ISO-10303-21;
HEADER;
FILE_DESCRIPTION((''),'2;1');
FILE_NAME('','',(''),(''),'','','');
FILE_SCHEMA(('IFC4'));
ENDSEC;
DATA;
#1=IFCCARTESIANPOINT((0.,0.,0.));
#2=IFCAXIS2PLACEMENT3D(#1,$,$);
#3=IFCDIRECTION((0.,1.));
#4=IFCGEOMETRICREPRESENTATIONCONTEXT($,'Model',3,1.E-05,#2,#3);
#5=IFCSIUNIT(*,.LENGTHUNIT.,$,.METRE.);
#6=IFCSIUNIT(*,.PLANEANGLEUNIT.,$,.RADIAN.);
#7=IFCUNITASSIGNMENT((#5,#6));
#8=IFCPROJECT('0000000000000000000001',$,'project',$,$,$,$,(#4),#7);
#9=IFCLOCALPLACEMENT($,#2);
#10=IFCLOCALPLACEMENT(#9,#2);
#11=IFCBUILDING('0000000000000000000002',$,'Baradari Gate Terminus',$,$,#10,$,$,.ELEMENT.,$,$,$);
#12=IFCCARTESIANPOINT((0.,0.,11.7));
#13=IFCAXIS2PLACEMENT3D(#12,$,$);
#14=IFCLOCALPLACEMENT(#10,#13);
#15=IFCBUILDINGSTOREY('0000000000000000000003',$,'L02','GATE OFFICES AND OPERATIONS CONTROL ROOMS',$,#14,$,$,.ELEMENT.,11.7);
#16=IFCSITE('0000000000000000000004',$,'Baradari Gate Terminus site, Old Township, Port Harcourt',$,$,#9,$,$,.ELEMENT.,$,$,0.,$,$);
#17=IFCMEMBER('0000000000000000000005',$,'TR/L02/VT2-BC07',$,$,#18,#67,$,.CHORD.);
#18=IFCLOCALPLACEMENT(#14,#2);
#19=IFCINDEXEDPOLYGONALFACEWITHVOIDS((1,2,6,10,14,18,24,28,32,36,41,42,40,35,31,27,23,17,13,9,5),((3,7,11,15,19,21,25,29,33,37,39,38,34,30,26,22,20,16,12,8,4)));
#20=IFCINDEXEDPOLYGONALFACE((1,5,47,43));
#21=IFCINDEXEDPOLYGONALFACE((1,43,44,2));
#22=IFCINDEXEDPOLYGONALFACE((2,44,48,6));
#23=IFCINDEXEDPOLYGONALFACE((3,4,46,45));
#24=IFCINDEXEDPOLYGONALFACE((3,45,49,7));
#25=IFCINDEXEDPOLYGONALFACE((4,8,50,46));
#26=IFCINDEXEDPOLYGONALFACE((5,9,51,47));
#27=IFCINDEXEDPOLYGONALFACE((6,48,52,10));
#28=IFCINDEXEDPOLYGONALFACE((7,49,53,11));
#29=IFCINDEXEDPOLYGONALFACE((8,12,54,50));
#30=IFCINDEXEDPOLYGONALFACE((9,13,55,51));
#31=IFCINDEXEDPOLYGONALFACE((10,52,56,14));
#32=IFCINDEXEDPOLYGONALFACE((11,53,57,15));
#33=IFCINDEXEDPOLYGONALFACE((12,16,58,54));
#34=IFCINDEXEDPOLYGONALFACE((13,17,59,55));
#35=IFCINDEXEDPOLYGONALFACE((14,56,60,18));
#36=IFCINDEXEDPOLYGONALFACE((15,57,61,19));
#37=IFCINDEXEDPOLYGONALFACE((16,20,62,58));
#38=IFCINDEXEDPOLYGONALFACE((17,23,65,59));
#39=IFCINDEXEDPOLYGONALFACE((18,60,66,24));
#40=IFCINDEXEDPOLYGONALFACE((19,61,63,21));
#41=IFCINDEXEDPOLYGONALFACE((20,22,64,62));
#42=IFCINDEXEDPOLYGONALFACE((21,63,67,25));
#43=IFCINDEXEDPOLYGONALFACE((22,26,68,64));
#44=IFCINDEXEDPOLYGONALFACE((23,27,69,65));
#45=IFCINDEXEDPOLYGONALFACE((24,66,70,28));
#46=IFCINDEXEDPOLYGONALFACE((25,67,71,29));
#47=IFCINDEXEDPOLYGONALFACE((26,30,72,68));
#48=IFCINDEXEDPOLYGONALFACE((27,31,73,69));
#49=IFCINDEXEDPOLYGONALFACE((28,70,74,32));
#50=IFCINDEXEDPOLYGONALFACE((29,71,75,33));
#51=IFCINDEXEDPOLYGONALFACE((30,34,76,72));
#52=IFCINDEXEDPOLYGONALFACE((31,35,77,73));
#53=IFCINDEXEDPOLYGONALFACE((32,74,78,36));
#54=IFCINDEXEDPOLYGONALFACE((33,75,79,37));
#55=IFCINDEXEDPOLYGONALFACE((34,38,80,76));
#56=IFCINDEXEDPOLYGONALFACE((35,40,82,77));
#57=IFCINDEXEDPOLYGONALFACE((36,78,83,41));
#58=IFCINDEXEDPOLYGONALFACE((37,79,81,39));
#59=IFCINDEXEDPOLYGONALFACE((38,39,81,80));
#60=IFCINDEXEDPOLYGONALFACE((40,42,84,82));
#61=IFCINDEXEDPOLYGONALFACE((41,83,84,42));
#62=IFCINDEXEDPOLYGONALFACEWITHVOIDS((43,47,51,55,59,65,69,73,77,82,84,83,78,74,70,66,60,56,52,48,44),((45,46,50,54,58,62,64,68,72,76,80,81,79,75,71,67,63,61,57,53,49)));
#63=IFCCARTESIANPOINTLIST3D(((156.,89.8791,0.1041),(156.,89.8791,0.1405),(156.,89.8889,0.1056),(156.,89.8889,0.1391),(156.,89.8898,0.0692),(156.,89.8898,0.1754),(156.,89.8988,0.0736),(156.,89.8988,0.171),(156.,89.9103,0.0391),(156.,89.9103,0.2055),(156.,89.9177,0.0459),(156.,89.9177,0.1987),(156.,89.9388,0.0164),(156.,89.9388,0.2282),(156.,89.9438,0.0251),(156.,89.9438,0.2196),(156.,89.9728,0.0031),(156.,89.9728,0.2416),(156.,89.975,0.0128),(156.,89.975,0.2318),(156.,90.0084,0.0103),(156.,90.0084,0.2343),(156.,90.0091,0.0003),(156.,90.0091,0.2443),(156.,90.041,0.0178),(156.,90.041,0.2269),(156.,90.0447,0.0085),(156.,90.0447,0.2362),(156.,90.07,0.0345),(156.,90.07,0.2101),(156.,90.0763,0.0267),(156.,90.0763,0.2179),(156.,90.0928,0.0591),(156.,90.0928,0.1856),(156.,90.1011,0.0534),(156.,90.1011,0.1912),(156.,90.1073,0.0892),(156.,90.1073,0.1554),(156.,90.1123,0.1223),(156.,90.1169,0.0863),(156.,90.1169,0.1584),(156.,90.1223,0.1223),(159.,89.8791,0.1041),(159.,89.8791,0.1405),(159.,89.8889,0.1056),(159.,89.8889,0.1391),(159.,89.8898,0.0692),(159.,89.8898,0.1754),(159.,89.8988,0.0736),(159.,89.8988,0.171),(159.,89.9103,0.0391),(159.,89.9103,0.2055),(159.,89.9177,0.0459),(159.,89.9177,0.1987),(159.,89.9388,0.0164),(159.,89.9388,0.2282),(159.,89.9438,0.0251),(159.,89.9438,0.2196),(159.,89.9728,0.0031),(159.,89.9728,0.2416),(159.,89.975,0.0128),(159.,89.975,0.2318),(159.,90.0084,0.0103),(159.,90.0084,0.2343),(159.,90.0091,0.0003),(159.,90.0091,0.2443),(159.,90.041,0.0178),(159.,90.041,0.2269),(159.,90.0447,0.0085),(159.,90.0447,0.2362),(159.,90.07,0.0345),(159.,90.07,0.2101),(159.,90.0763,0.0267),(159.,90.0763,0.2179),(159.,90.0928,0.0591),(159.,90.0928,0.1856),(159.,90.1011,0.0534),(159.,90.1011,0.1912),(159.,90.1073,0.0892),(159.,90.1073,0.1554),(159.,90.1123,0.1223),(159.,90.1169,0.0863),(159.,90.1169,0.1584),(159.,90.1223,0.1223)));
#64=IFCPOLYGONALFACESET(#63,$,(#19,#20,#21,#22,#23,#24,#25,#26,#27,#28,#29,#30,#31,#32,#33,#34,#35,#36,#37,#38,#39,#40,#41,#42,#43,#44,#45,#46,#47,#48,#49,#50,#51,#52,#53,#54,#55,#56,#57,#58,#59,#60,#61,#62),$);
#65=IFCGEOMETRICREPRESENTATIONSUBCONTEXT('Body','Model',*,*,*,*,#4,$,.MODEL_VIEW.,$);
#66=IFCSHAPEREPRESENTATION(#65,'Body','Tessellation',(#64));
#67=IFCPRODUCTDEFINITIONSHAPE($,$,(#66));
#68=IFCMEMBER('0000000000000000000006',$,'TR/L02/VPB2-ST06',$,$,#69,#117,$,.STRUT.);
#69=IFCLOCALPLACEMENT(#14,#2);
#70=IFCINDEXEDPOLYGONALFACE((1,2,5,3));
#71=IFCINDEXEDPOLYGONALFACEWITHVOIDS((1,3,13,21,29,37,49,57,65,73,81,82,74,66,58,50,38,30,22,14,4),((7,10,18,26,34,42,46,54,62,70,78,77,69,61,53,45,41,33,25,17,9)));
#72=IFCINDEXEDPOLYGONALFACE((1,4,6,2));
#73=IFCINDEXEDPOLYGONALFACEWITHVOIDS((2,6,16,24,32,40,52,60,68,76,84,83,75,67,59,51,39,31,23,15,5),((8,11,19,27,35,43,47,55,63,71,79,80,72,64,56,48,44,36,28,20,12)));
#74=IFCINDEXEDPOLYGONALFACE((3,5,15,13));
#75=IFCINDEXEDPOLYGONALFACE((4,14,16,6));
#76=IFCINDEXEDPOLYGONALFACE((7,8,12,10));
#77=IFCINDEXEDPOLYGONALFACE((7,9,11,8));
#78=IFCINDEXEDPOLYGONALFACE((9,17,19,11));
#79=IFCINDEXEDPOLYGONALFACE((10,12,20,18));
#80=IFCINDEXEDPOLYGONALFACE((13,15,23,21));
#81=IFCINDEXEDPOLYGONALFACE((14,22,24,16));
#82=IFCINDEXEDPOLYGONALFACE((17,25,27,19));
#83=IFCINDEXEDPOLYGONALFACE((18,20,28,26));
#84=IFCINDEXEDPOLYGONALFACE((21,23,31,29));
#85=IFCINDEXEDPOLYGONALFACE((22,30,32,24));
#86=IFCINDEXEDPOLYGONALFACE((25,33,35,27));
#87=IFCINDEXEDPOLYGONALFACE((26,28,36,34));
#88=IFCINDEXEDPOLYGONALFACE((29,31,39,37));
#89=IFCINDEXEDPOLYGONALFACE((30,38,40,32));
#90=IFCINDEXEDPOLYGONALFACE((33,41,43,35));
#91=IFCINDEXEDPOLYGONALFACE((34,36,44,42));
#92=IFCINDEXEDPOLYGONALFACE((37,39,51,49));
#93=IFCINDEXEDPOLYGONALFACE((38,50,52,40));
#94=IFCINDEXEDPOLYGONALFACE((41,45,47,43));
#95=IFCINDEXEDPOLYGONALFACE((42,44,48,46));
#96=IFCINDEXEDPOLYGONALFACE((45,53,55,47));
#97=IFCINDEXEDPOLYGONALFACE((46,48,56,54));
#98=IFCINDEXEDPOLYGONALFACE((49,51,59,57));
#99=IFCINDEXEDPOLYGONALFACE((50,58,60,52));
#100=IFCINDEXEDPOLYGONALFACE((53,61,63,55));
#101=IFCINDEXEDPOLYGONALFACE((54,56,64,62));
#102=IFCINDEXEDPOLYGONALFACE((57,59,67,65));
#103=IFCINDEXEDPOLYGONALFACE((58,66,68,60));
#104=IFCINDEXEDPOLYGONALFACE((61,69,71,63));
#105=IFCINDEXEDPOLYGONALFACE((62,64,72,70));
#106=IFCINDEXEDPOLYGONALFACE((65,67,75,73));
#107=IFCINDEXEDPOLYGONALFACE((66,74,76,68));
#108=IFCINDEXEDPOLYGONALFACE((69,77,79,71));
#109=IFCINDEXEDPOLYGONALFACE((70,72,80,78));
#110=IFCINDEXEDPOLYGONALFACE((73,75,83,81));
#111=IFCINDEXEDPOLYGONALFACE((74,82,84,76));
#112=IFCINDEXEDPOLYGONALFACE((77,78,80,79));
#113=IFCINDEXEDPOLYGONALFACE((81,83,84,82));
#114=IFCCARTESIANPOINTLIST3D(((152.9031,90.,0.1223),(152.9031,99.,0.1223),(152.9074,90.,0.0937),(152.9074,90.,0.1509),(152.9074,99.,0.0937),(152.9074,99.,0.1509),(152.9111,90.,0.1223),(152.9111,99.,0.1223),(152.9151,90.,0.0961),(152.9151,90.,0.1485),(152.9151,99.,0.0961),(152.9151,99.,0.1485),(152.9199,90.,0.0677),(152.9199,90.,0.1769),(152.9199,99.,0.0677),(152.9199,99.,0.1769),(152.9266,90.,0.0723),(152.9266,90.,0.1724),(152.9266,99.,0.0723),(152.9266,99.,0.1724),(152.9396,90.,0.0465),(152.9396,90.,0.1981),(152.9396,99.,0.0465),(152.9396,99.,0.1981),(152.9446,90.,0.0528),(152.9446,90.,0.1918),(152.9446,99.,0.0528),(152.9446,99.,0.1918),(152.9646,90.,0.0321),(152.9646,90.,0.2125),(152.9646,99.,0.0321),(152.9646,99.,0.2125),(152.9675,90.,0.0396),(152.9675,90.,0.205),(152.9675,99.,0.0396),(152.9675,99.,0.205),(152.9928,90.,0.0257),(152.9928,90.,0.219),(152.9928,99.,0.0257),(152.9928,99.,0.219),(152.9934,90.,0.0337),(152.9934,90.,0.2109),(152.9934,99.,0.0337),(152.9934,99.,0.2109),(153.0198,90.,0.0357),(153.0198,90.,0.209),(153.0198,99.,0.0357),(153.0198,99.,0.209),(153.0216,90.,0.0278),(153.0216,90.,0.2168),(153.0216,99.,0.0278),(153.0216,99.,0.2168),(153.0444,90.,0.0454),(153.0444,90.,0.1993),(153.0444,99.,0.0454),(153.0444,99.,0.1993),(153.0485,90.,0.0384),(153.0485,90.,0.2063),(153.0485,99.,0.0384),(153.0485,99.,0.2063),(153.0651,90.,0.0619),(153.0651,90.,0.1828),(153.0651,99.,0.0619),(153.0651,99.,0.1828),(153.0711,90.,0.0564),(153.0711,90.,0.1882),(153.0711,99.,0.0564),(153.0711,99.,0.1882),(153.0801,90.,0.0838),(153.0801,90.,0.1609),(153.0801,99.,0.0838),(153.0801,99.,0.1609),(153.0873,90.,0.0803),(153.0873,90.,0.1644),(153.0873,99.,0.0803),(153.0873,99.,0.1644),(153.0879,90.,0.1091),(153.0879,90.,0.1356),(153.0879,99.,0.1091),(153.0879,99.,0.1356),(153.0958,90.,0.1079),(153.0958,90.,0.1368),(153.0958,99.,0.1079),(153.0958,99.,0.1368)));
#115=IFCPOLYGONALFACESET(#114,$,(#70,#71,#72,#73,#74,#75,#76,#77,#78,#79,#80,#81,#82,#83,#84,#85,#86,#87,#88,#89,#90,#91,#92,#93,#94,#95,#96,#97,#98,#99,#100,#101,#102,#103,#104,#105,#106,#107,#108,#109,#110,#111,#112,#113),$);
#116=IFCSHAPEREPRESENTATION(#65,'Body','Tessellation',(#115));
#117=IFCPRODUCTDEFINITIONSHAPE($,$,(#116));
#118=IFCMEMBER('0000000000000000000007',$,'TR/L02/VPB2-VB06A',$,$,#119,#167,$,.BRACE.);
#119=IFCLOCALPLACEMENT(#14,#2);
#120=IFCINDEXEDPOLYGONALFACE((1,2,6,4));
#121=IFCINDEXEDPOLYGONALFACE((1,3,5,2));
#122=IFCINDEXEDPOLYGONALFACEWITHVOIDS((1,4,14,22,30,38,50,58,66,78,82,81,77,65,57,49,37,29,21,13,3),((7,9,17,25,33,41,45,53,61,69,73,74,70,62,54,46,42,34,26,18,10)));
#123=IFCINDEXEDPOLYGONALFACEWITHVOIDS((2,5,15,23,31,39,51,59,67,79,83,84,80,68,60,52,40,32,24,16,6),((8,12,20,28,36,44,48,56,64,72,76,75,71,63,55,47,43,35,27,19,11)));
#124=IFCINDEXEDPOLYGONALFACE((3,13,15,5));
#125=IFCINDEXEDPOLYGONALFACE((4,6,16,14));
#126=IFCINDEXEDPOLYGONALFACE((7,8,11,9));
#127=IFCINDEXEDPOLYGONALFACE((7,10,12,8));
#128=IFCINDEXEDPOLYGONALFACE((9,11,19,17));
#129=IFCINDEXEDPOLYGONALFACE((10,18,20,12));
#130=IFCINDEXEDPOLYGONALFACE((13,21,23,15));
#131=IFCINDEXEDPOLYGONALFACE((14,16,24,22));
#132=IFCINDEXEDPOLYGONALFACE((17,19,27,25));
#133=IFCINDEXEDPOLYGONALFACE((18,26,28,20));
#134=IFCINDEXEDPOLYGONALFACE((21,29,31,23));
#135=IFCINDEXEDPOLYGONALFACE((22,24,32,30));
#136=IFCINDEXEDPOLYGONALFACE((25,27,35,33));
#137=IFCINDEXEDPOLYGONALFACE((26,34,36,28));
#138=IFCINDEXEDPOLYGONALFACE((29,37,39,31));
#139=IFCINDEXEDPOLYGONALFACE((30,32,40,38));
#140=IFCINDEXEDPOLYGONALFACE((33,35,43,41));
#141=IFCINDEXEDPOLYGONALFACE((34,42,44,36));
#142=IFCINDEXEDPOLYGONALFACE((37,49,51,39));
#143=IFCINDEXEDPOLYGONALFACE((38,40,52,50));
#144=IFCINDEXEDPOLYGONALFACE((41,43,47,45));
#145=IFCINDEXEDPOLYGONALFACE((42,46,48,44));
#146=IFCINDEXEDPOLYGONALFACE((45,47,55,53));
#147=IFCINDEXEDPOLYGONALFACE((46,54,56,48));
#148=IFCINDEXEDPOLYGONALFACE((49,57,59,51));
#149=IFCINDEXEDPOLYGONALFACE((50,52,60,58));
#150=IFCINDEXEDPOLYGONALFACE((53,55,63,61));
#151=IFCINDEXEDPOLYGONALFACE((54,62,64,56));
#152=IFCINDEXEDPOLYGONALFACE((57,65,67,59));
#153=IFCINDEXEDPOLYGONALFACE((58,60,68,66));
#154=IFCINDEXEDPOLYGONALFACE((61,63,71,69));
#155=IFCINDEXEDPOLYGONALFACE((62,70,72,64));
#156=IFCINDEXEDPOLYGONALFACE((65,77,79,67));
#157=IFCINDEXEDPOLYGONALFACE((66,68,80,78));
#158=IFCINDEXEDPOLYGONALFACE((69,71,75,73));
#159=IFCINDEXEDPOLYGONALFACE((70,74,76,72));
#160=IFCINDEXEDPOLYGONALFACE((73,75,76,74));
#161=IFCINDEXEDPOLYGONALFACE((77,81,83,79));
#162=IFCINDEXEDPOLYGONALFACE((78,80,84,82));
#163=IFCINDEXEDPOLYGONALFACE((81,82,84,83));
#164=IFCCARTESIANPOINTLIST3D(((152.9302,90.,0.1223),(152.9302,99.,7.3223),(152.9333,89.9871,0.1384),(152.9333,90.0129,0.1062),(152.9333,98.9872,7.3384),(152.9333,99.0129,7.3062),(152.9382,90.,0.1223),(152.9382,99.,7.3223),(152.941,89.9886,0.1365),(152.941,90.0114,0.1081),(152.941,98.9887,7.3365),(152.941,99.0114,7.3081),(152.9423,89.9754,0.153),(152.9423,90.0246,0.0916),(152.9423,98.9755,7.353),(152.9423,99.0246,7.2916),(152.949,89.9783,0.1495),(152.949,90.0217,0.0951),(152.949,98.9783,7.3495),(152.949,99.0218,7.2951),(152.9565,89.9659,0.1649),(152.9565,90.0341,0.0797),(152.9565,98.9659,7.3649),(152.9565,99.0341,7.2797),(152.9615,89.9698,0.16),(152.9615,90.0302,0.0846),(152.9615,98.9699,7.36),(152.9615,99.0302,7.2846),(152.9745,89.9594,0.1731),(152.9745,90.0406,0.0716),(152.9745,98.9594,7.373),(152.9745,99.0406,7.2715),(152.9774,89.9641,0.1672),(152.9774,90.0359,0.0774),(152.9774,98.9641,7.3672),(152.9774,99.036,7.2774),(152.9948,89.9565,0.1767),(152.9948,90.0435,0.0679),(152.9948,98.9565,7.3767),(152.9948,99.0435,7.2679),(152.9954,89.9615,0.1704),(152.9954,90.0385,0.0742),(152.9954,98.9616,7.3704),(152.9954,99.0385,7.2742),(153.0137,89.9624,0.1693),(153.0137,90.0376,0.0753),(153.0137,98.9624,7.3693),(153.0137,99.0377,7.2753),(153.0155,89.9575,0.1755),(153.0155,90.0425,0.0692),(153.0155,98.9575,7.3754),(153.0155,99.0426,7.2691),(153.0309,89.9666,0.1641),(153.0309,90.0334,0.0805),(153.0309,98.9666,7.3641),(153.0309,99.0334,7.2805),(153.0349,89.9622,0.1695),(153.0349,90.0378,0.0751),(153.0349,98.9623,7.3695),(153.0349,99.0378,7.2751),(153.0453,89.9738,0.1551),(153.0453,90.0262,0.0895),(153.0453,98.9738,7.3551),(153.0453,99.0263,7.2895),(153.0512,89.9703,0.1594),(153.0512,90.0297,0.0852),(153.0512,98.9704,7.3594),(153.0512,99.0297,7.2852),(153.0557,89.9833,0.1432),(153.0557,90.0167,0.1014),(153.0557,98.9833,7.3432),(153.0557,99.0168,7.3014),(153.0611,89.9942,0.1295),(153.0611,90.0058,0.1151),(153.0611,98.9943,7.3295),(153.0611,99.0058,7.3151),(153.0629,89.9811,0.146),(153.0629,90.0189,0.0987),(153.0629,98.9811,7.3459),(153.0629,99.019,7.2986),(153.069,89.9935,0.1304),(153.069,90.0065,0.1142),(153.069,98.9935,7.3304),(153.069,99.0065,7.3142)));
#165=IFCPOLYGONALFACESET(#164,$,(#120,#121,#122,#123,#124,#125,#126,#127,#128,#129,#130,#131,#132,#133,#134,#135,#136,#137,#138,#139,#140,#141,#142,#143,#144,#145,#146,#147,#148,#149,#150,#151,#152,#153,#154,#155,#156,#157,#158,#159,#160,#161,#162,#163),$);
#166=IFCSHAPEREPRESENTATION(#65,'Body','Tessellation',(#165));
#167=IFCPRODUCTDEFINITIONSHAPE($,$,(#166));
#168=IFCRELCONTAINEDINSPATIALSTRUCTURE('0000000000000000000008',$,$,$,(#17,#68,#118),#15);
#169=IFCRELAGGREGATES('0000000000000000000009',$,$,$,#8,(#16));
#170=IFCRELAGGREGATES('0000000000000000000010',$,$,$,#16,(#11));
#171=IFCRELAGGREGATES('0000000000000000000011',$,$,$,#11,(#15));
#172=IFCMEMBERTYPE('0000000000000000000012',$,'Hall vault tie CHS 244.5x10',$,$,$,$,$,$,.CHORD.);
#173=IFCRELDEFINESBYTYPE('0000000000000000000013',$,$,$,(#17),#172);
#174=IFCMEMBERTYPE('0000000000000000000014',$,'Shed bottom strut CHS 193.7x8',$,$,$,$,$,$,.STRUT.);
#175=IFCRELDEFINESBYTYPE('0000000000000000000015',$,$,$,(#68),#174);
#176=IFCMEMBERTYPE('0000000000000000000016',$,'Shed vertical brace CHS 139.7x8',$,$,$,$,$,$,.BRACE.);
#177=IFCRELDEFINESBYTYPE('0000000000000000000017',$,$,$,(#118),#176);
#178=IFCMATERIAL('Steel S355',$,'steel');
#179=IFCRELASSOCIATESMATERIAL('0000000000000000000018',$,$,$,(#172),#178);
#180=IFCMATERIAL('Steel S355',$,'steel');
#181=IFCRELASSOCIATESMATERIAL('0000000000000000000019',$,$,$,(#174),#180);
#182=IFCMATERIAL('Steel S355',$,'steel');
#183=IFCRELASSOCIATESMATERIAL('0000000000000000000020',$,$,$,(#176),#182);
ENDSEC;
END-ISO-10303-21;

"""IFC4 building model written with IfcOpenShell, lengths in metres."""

from ifc_helpers import new_model, si_unit, direction, frame, origin, origin_2d, place, context, subcontext, project, spatial, hollow_circle, extrude, material, material_profile, profile_set, type_object, element, save


model = new_model("IFC4")

# Units and contexts
model_context = context("Model", 3, precision=1e-05, world=origin(), true_north=direction((0.0, 1.0)))
body_context = subcontext(model_context, "Body", "Model", "MODEL_VIEW")
ifc_project = project(units=[si_unit("LENGTHUNIT", "METRE"), si_unit("PLANEANGLEUNIT", "RADIAN")], contexts=[model_context])

# Site, building, storey
site_placement = place(None, origin())
site = spatial("IfcSite", under=ifc_project, at=site_placement, Name="Baradari Gate Terminus site, Old Township, Port Harcourt", CompositionType="ELEMENT", RefElevation=0.0)
building_placement = place(site_placement, origin())
building = spatial("IfcBuilding", under=site, at=building_placement, Name="Baradari Gate Terminus", CompositionType="ELEMENT")
storey_placement = place(building_placement, frame((0.0, 0.0, 11.7)))
storey = spatial("IfcBuildingStorey", under=building, at=storey_placement, Name="L02", Description="GATE OFFICES AND OPERATIONS CONTROL ROOMS", CompositionType="ELEMENT", Elevation=11.7)

# Members
ifc_material_1 = material(Name="Steel S355", Category="steel")
ifc_material_profile_1 = material_profile(ifc_material_1, hollow_circle(Radius=0.1223, WallThickness=0.01, at=origin_2d()), Name="CHS 244.5x10")
ifc_profile_set_1 = profile_set([ifc_material_profile_1], Name="Steel S355")
member_type_1 = type_object("IfcMemberType", Name="Hall vault tie CHS 244.5x10", PredefinedType="CHORD", material=ifc_profile_set_1)
for number, where, z_axis, x_axis, name in (
    (1, (156.0, 90.0, 0.1223), (1.0, 0.0, 0.0), (0.0, 1.0, 0.0), "TR/L02/VT2-BC07"),
):
    element("IfcMember", number, at=place(storey_placement, frame(where, z_axis=z_axis, x_axis=x_axis)), inside=storey, type_object=member_type_1, Name=name, PredefinedType="CHORD", context=body_context, shape_type="SweptSolid", body=[
        extrude(hollow_circle(Radius=0.1223, WallThickness=0.01, at=origin_2d()), origin(), (0.0, 0.0, 1.0), 3.0),
    ])
ifc_material_2 = material(Name="Steel S355", Category="steel")
ifc_material_profile_2 = material_profile(ifc_material_2, hollow_circle(Radius=0.0969, WallThickness=0.0081, at=origin_2d()), Name="CHS 193.7x8")
ifc_profile_set_2 = profile_set([ifc_material_profile_2], Name="Steel S355")
member_type_2 = type_object("IfcMemberType", Name="Shed bottom strut CHS 193.7x8", PredefinedType="STRUT", material=ifc_profile_set_2)
member_1_placement = place(storey_placement, frame((153.0, 90.0, 0.1223), z_axis=(0.0, 1.0, 0.0), x_axis=(-1.0, 0.0, 0.0)))
element("IfcMember", 2, at=member_1_placement, inside=storey, type_object=member_type_2, Name="TR/L02/VPB2-ST06", PredefinedType="STRUT", context=body_context, shape_type="SweptSolid", body=[
    extrude(hollow_circle(Radius=0.0969, WallThickness=0.0081, at=origin_2d()), origin(), (0.0, 0.0, 1.0), 9.0),
])
ifc_material_3 = material(Name="Steel S355", Category="steel")
ifc_material_profile_3 = material_profile(ifc_material_3, hollow_circle(Radius=0.0698, WallThickness=0.0081, at=origin_2d()), Name="CHS 139.7x8")
ifc_profile_set_3 = profile_set([ifc_material_profile_3], Name="Steel S355")
member_type_3 = type_object("IfcMemberType", Name="Shed vertical brace CHS 139.7x8", PredefinedType="BRACE", material=ifc_profile_set_3)
for number, where, z_axis, x_axis, name in (
    (3, (153.0, 90.0, 0.1223), (0.0, 0.780871, 0.624692), (-1.0, 0.0, 0.0), "TR/L02/VPB2-VB06A"),
):
    element("IfcMember", number, at=place(storey_placement, frame(where, z_axis=z_axis, x_axis=x_axis)), inside=storey, type_object=member_type_3, Name=name, PredefinedType="BRACE", context=body_context, shape_type="SweptSolid", body=[
        extrude(hollow_circle(Radius=0.0698, WallThickness=0.0081, at=origin_2d()), origin(), (0.0, 0.0, 1.0), 11.5256),
    ])

save(model, "model.ifc")
